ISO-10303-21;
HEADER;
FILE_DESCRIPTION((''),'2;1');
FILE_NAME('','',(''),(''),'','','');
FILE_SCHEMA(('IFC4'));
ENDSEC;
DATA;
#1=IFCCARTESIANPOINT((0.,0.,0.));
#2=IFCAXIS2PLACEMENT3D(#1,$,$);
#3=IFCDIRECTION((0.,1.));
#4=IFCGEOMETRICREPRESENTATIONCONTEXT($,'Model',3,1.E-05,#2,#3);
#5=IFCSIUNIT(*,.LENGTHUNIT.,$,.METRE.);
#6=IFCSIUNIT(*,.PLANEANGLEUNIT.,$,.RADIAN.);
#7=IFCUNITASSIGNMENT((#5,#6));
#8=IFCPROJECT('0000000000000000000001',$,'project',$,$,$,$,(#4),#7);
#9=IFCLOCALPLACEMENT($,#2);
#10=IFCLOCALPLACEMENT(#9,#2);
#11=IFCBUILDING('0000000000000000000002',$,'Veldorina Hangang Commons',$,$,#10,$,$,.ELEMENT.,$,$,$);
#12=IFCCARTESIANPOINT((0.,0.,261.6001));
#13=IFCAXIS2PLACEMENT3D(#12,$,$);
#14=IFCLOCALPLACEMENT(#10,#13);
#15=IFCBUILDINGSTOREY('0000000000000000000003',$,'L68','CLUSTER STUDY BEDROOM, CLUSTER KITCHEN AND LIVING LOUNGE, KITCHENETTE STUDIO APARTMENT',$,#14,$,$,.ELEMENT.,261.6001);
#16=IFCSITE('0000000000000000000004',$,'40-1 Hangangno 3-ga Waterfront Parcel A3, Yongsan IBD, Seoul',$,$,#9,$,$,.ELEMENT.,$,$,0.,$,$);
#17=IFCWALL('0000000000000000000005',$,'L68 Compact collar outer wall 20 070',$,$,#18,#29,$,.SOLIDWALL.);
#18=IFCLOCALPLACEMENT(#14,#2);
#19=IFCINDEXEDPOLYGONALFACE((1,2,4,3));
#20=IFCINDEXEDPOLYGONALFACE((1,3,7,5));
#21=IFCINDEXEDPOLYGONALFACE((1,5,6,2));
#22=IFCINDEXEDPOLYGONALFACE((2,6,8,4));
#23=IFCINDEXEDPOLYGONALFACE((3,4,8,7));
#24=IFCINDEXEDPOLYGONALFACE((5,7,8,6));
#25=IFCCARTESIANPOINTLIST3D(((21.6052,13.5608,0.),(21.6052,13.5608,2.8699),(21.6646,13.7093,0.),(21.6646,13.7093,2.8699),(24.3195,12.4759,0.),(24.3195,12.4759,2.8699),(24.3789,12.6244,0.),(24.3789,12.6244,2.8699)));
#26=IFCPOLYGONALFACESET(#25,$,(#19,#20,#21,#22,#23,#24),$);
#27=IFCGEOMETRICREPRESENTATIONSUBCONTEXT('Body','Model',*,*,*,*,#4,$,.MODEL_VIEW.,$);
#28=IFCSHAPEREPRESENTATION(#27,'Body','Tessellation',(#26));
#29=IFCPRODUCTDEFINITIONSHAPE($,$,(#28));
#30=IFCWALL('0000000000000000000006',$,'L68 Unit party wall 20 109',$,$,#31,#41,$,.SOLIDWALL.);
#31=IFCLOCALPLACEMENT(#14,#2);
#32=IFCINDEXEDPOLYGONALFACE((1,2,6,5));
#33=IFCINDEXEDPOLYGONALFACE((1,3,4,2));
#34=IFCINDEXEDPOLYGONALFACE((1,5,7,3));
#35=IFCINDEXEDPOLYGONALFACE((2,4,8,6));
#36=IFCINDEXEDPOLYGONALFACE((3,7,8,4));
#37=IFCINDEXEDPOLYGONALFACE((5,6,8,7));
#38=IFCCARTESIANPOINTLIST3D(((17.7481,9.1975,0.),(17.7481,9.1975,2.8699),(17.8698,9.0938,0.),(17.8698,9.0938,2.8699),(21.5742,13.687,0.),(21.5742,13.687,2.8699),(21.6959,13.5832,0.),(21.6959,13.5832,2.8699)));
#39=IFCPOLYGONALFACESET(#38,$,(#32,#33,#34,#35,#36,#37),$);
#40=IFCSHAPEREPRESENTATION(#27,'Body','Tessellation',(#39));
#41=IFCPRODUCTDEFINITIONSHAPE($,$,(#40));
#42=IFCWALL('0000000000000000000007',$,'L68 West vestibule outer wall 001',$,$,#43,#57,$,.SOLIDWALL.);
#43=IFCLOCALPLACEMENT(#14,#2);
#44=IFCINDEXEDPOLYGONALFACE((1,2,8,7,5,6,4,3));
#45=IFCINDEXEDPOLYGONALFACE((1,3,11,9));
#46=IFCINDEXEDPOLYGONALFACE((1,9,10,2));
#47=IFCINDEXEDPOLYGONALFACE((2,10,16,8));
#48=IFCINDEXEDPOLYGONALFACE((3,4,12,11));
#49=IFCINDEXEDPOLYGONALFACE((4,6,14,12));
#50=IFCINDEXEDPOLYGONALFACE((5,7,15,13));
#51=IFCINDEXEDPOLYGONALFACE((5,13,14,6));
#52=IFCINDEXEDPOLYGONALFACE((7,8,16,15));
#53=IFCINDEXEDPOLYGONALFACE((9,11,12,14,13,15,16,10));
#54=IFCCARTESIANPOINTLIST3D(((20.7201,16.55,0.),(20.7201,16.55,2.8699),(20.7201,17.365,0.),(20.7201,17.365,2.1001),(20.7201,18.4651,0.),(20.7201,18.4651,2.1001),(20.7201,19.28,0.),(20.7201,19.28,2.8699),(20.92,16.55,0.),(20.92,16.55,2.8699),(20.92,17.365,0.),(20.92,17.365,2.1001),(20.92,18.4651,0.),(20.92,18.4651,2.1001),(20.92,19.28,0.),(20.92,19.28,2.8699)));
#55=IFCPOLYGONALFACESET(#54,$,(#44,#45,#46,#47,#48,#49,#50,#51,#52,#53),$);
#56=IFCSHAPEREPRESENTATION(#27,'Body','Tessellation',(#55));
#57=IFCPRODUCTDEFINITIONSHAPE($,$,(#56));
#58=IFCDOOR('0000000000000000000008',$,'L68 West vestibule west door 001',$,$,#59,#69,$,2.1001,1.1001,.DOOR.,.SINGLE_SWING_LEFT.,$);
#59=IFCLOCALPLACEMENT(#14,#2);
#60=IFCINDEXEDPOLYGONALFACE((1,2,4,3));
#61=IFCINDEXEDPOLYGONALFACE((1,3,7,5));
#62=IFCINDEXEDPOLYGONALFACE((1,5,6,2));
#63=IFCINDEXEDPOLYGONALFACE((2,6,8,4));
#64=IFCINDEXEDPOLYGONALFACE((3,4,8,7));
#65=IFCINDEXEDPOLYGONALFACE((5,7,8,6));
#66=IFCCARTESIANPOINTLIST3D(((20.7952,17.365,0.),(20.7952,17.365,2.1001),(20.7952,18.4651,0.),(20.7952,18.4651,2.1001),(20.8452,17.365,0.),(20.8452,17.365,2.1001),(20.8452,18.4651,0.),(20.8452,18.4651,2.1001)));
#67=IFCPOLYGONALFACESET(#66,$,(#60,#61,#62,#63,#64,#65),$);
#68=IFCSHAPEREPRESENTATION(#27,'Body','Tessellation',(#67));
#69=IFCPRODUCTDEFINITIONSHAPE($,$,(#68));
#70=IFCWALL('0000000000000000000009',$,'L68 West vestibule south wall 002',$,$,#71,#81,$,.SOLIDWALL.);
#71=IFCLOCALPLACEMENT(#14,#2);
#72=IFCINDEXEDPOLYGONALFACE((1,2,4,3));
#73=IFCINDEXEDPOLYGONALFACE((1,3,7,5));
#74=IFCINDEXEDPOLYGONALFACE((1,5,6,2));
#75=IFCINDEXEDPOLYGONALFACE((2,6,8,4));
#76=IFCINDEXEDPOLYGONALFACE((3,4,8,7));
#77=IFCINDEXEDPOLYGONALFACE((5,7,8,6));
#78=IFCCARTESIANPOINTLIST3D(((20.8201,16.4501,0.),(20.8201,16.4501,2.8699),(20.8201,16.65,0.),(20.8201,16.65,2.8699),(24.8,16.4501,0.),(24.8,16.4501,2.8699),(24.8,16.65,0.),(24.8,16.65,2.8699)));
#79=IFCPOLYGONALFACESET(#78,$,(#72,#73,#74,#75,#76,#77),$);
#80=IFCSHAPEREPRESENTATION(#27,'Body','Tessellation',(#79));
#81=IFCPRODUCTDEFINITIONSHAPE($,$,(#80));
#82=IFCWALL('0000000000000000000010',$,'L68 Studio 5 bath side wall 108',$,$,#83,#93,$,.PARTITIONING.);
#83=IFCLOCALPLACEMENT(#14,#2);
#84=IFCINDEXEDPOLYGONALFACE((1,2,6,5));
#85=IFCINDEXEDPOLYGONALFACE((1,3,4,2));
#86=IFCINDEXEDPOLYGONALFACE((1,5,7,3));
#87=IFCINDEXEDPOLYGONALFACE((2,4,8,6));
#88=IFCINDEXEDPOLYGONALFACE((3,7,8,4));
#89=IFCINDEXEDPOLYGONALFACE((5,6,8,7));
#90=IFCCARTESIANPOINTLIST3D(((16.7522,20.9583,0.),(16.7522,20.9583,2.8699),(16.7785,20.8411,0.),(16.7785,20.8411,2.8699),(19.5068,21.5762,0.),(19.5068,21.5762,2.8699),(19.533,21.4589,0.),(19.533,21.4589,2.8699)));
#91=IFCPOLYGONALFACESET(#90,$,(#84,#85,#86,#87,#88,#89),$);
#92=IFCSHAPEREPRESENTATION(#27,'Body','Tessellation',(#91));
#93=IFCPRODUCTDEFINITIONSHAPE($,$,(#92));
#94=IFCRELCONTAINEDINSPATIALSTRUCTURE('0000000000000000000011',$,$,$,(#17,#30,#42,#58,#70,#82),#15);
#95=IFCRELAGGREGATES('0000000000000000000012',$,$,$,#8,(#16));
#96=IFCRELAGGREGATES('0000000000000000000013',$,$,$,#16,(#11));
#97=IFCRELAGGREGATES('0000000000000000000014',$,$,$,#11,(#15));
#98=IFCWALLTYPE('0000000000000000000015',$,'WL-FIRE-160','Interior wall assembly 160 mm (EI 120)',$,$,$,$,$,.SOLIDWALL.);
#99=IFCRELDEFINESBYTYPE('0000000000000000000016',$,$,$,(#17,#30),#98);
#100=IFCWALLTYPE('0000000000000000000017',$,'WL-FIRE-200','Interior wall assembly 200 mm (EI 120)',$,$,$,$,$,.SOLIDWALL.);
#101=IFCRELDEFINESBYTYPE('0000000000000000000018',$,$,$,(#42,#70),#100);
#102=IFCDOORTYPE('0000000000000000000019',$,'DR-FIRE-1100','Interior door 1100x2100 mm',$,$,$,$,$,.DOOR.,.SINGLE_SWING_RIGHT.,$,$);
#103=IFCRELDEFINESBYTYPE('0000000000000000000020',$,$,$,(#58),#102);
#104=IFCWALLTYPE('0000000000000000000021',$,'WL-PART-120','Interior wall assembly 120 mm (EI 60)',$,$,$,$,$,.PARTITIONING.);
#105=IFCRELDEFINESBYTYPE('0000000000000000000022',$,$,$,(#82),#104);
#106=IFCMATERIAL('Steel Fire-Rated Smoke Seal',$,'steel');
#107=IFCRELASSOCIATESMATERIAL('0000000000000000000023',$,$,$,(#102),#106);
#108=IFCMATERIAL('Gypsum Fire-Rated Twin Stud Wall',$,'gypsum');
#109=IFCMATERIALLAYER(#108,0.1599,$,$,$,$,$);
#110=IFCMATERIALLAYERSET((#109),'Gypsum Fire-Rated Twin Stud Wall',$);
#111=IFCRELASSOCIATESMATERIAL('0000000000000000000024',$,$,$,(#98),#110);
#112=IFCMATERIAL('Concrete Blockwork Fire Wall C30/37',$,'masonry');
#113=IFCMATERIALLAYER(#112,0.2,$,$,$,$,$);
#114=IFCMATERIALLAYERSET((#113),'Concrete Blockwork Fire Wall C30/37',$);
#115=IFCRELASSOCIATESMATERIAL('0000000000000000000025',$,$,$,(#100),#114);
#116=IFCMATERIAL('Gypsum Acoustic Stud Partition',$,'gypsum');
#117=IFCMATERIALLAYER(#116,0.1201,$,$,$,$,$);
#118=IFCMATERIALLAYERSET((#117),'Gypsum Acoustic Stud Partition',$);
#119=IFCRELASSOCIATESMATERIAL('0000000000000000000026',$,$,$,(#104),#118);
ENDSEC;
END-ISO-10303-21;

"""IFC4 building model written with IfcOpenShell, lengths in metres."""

from ifc_helpers import new_model, si_unit, direction, frame, frame_2d, origin, place, context, subcontext, project, spatial, rectangle, extrude, material, layer, layer_set, type_object, element, fill, save


model = new_model("IFC4")

# Units and contexts
model_context = context("Model", 3, precision=1e-05, world=origin(), true_north=direction((0.0, 1.0)))
body_context = subcontext(model_context, "Body", "Model", "MODEL_VIEW")
ifc_project = project(units=[si_unit("LENGTHUNIT", "METRE"), si_unit("PLANEANGLEUNIT", "RADIAN")], contexts=[model_context])

# Site, building, storey
site_placement = place(None, origin())
site = spatial("IfcSite", under=ifc_project, at=site_placement, Name="40-1 Hangangno 3-ga Waterfront Parcel A3, Yongsan IBD, Seoul", CompositionType="ELEMENT", RefElevation=0.0)
building_placement = place(site_placement, origin())
building = spatial("IfcBuilding", under=site, at=building_placement, Name="Veldorina Hangang Commons", CompositionType="ELEMENT")
storey_placement = place(building_placement, frame((0.0, 0.0, 261.6001)))
storey = spatial("IfcBuildingStorey", under=building, at=storey_placement, Name="L68", Description="CLUSTER STUDY BEDROOM, CLUSTER KITCHEN AND LIVING LOUNGE, KITCHENETTE STUDIO APARTMENT", CompositionType="ELEMENT", Elevation=261.6001)

# Shared definitions
ifc_material_1 = material(Name="Steel Fire-Rated Smoke Seal", Category="steel")
door_type_1 = type_object("IfcDoorType", Name="DR-FIRE-1100", Description="Interior door 1100x2100 mm", OperationType="SINGLE_SWING_RIGHT", PredefinedType="DOOR", material=ifc_material_1)
ifc_material_2 = material(Name="Gypsum Fire-Rated Twin Stud Wall", Category="gypsum")
ifc_layer_1 = layer(ifc_material_2, 0.1599)
ifc_layer_set_1 = layer_set([ifc_layer_1], Name="Gypsum Fire-Rated Twin Stud Wall")
wall_type_1 = type_object("IfcWallType", Name="WL-FIRE-160", Description="Interior wall assembly 160 mm (EI 120)", PredefinedType="SOLIDWALL", material=ifc_layer_set_1)

# Walls
wall_1_placement = place(storey_placement, frame((21.635, 13.635, 0.0), z_axis=(0.0, 0.0, 1.0), x_axis=(0.928569, -0.37116, 0.0)))
element("IfcWall", 1, at=wall_1_placement, inside=storey, type_object=wall_type_1, Name="L68 Compact collar outer wall 20 070", PredefinedType="SOLIDWALL", context=body_context, shape_type="SweptSolid", body=[
    extrude(rectangle(XDim=2.9231, YDim=0.1599, at=frame_2d((1.4614, 0.0))), origin(), (0.0, 0.0, 1.0), 2.8699),
])
wall_2_placement = place(storey_placement, frame((21.635, 13.635, 0.0), z_axis=(0.0, 0.0, 1.0), x_axis=(-0.648641, -0.761094, 0.0)))
element("IfcWall", 2, at=wall_2_placement, inside=storey, type_object=wall_type_1, Name="L68 Unit party wall 20 109", PredefinedType="SOLIDWALL", context=body_context, shape_type="SweptSolid", body=[
    extrude(rectangle(XDim=5.8987, YDim=0.1599, at=frame_2d((2.9492, 0.0))), origin(), (0.0, 0.0, 1.0), 2.8699),
])

# Wall, opening, door
ifc_material_3 = material(Name="Concrete Blockwork Fire Wall C30/37", Category="masonry")
ifc_layer_2 = layer(ifc_material_3, 0.2)
ifc_layer_set_2 = layer_set([ifc_layer_2], Name="Concrete Blockwork Fire Wall C30/37")
wall_type_2 = type_object("IfcWallType", Name="WL-FIRE-200", Description="Interior wall assembly 200 mm (EI 120)", PredefinedType="SOLIDWALL", material=ifc_layer_set_2)
wall_3_placement = place(storey_placement, frame((20.8201, 16.55, 0.0), z_axis=(0.0, 0.0, 1.0), x_axis=(0.0, 1.0, 0.0)))
wall_3 = element("IfcWall", 3, at=wall_3_placement, inside=storey, type_object=wall_type_2, Name="L68 West vestibule outer wall 001", PredefinedType="SOLIDWALL", context=body_context, shape_type="SweptSolid", body=[
    extrude(rectangle(XDim=2.73, YDim=0.2, at=frame_2d((1.365, 0.0))), origin(), (0.0, 0.0, 1.0), 2.8699),
])
opening_1_placement = place(wall_3_placement, frame((0.8149, 0.0, 0.0)))
opening_1 = element("IfcOpeningElement", 4, at=opening_1_placement, cuts=wall_3, PredefinedType="OPENING", context=body_context, shape_type="SweptSolid", body=[
    extrude(rectangle(XDim=1.1001, YDim=2.1001, at=frame_2d((0.55, 1.05))), frame((0.0, 0.1099, 0.0), z_axis=(0.0, -1.0, 0.0), x_axis=(1.0, 0.0, 0.0)), (0.0, 0.0, 1.0), 0.22),
])
door_1_placement = place(opening_1_placement, origin())
door_1 = element("IfcDoor", 5, at=door_1_placement, inside=storey, type_object=door_type_1, Name="L68 West vestibule west door 001", OperationType="SINGLE_SWING_LEFT", OverallHeight=2.1001, OverallWidth=1.1001, PredefinedType="DOOR", context=body_context, shape_type="SweptSolid", body=[
    extrude(rectangle(XDim=1.1001, YDim=2.1001, at=frame_2d((0.55, 1.05))), frame((0.0, 0.0249, 0.0), z_axis=(0.0, -1.0, 0.0), x_axis=(1.0, 0.0, 0.0)), (0.0, 0.0, 1.0), 0.05),
])
fill(opening_1, door_1)

# Walls
wall_4_placement = place(storey_placement, frame((20.8201, 16.55, 0.0), z_axis=(0.0, 0.0, 1.0), x_axis=(1.0, 0.0, 0.0)))
element("IfcWall", 6, at=wall_4_placement, inside=storey, type_object=wall_type_2, Name="L68 West vestibule south wall 002", PredefinedType="SOLIDWALL", context=body_context, shape_type="SweptSolid", body=[
    extrude(rectangle(XDim=3.98, YDim=0.2, at=frame_2d((1.99, 0.0))), origin(), (0.0, 0.0, 1.0), 2.8699),
])
ifc_material_4 = material(Name="Gypsum Acoustic Stud Partition", Category="gypsum")
ifc_layer_3 = layer(ifc_material_4, 0.1201)
ifc_layer_set_3 = layer_set([ifc_layer_3], Name="Gypsum Acoustic Stud Partition")
wall_type_3 = type_object("IfcWallType", Name="WL-PART-120", Description="Interior wall assembly 120 mm (EI 60)", PredefinedType="PARTITIONING", material=ifc_layer_set_3)
wall_5_placement = place(storey_placement, frame((19.52, 21.5176, 0.0), z_axis=(0.0, 0.0, 1.0), x_axis=(-0.975752, -0.21888, 0.0)))
element("IfcWall", 7, at=wall_5_placement, inside=storey, type_object=wall_type_3, Name="L68 Studio 5 bath side wall 108", PredefinedType="PARTITIONING", context=body_context, shape_type="SweptSolid", body=[
    extrude(rectangle(XDim=2.823, YDim=0.1201, at=frame_2d((1.4116, 0.0))), origin(), (0.0, 0.0, 1.0), 2.8699),
])

save(model, "model.ifc")
